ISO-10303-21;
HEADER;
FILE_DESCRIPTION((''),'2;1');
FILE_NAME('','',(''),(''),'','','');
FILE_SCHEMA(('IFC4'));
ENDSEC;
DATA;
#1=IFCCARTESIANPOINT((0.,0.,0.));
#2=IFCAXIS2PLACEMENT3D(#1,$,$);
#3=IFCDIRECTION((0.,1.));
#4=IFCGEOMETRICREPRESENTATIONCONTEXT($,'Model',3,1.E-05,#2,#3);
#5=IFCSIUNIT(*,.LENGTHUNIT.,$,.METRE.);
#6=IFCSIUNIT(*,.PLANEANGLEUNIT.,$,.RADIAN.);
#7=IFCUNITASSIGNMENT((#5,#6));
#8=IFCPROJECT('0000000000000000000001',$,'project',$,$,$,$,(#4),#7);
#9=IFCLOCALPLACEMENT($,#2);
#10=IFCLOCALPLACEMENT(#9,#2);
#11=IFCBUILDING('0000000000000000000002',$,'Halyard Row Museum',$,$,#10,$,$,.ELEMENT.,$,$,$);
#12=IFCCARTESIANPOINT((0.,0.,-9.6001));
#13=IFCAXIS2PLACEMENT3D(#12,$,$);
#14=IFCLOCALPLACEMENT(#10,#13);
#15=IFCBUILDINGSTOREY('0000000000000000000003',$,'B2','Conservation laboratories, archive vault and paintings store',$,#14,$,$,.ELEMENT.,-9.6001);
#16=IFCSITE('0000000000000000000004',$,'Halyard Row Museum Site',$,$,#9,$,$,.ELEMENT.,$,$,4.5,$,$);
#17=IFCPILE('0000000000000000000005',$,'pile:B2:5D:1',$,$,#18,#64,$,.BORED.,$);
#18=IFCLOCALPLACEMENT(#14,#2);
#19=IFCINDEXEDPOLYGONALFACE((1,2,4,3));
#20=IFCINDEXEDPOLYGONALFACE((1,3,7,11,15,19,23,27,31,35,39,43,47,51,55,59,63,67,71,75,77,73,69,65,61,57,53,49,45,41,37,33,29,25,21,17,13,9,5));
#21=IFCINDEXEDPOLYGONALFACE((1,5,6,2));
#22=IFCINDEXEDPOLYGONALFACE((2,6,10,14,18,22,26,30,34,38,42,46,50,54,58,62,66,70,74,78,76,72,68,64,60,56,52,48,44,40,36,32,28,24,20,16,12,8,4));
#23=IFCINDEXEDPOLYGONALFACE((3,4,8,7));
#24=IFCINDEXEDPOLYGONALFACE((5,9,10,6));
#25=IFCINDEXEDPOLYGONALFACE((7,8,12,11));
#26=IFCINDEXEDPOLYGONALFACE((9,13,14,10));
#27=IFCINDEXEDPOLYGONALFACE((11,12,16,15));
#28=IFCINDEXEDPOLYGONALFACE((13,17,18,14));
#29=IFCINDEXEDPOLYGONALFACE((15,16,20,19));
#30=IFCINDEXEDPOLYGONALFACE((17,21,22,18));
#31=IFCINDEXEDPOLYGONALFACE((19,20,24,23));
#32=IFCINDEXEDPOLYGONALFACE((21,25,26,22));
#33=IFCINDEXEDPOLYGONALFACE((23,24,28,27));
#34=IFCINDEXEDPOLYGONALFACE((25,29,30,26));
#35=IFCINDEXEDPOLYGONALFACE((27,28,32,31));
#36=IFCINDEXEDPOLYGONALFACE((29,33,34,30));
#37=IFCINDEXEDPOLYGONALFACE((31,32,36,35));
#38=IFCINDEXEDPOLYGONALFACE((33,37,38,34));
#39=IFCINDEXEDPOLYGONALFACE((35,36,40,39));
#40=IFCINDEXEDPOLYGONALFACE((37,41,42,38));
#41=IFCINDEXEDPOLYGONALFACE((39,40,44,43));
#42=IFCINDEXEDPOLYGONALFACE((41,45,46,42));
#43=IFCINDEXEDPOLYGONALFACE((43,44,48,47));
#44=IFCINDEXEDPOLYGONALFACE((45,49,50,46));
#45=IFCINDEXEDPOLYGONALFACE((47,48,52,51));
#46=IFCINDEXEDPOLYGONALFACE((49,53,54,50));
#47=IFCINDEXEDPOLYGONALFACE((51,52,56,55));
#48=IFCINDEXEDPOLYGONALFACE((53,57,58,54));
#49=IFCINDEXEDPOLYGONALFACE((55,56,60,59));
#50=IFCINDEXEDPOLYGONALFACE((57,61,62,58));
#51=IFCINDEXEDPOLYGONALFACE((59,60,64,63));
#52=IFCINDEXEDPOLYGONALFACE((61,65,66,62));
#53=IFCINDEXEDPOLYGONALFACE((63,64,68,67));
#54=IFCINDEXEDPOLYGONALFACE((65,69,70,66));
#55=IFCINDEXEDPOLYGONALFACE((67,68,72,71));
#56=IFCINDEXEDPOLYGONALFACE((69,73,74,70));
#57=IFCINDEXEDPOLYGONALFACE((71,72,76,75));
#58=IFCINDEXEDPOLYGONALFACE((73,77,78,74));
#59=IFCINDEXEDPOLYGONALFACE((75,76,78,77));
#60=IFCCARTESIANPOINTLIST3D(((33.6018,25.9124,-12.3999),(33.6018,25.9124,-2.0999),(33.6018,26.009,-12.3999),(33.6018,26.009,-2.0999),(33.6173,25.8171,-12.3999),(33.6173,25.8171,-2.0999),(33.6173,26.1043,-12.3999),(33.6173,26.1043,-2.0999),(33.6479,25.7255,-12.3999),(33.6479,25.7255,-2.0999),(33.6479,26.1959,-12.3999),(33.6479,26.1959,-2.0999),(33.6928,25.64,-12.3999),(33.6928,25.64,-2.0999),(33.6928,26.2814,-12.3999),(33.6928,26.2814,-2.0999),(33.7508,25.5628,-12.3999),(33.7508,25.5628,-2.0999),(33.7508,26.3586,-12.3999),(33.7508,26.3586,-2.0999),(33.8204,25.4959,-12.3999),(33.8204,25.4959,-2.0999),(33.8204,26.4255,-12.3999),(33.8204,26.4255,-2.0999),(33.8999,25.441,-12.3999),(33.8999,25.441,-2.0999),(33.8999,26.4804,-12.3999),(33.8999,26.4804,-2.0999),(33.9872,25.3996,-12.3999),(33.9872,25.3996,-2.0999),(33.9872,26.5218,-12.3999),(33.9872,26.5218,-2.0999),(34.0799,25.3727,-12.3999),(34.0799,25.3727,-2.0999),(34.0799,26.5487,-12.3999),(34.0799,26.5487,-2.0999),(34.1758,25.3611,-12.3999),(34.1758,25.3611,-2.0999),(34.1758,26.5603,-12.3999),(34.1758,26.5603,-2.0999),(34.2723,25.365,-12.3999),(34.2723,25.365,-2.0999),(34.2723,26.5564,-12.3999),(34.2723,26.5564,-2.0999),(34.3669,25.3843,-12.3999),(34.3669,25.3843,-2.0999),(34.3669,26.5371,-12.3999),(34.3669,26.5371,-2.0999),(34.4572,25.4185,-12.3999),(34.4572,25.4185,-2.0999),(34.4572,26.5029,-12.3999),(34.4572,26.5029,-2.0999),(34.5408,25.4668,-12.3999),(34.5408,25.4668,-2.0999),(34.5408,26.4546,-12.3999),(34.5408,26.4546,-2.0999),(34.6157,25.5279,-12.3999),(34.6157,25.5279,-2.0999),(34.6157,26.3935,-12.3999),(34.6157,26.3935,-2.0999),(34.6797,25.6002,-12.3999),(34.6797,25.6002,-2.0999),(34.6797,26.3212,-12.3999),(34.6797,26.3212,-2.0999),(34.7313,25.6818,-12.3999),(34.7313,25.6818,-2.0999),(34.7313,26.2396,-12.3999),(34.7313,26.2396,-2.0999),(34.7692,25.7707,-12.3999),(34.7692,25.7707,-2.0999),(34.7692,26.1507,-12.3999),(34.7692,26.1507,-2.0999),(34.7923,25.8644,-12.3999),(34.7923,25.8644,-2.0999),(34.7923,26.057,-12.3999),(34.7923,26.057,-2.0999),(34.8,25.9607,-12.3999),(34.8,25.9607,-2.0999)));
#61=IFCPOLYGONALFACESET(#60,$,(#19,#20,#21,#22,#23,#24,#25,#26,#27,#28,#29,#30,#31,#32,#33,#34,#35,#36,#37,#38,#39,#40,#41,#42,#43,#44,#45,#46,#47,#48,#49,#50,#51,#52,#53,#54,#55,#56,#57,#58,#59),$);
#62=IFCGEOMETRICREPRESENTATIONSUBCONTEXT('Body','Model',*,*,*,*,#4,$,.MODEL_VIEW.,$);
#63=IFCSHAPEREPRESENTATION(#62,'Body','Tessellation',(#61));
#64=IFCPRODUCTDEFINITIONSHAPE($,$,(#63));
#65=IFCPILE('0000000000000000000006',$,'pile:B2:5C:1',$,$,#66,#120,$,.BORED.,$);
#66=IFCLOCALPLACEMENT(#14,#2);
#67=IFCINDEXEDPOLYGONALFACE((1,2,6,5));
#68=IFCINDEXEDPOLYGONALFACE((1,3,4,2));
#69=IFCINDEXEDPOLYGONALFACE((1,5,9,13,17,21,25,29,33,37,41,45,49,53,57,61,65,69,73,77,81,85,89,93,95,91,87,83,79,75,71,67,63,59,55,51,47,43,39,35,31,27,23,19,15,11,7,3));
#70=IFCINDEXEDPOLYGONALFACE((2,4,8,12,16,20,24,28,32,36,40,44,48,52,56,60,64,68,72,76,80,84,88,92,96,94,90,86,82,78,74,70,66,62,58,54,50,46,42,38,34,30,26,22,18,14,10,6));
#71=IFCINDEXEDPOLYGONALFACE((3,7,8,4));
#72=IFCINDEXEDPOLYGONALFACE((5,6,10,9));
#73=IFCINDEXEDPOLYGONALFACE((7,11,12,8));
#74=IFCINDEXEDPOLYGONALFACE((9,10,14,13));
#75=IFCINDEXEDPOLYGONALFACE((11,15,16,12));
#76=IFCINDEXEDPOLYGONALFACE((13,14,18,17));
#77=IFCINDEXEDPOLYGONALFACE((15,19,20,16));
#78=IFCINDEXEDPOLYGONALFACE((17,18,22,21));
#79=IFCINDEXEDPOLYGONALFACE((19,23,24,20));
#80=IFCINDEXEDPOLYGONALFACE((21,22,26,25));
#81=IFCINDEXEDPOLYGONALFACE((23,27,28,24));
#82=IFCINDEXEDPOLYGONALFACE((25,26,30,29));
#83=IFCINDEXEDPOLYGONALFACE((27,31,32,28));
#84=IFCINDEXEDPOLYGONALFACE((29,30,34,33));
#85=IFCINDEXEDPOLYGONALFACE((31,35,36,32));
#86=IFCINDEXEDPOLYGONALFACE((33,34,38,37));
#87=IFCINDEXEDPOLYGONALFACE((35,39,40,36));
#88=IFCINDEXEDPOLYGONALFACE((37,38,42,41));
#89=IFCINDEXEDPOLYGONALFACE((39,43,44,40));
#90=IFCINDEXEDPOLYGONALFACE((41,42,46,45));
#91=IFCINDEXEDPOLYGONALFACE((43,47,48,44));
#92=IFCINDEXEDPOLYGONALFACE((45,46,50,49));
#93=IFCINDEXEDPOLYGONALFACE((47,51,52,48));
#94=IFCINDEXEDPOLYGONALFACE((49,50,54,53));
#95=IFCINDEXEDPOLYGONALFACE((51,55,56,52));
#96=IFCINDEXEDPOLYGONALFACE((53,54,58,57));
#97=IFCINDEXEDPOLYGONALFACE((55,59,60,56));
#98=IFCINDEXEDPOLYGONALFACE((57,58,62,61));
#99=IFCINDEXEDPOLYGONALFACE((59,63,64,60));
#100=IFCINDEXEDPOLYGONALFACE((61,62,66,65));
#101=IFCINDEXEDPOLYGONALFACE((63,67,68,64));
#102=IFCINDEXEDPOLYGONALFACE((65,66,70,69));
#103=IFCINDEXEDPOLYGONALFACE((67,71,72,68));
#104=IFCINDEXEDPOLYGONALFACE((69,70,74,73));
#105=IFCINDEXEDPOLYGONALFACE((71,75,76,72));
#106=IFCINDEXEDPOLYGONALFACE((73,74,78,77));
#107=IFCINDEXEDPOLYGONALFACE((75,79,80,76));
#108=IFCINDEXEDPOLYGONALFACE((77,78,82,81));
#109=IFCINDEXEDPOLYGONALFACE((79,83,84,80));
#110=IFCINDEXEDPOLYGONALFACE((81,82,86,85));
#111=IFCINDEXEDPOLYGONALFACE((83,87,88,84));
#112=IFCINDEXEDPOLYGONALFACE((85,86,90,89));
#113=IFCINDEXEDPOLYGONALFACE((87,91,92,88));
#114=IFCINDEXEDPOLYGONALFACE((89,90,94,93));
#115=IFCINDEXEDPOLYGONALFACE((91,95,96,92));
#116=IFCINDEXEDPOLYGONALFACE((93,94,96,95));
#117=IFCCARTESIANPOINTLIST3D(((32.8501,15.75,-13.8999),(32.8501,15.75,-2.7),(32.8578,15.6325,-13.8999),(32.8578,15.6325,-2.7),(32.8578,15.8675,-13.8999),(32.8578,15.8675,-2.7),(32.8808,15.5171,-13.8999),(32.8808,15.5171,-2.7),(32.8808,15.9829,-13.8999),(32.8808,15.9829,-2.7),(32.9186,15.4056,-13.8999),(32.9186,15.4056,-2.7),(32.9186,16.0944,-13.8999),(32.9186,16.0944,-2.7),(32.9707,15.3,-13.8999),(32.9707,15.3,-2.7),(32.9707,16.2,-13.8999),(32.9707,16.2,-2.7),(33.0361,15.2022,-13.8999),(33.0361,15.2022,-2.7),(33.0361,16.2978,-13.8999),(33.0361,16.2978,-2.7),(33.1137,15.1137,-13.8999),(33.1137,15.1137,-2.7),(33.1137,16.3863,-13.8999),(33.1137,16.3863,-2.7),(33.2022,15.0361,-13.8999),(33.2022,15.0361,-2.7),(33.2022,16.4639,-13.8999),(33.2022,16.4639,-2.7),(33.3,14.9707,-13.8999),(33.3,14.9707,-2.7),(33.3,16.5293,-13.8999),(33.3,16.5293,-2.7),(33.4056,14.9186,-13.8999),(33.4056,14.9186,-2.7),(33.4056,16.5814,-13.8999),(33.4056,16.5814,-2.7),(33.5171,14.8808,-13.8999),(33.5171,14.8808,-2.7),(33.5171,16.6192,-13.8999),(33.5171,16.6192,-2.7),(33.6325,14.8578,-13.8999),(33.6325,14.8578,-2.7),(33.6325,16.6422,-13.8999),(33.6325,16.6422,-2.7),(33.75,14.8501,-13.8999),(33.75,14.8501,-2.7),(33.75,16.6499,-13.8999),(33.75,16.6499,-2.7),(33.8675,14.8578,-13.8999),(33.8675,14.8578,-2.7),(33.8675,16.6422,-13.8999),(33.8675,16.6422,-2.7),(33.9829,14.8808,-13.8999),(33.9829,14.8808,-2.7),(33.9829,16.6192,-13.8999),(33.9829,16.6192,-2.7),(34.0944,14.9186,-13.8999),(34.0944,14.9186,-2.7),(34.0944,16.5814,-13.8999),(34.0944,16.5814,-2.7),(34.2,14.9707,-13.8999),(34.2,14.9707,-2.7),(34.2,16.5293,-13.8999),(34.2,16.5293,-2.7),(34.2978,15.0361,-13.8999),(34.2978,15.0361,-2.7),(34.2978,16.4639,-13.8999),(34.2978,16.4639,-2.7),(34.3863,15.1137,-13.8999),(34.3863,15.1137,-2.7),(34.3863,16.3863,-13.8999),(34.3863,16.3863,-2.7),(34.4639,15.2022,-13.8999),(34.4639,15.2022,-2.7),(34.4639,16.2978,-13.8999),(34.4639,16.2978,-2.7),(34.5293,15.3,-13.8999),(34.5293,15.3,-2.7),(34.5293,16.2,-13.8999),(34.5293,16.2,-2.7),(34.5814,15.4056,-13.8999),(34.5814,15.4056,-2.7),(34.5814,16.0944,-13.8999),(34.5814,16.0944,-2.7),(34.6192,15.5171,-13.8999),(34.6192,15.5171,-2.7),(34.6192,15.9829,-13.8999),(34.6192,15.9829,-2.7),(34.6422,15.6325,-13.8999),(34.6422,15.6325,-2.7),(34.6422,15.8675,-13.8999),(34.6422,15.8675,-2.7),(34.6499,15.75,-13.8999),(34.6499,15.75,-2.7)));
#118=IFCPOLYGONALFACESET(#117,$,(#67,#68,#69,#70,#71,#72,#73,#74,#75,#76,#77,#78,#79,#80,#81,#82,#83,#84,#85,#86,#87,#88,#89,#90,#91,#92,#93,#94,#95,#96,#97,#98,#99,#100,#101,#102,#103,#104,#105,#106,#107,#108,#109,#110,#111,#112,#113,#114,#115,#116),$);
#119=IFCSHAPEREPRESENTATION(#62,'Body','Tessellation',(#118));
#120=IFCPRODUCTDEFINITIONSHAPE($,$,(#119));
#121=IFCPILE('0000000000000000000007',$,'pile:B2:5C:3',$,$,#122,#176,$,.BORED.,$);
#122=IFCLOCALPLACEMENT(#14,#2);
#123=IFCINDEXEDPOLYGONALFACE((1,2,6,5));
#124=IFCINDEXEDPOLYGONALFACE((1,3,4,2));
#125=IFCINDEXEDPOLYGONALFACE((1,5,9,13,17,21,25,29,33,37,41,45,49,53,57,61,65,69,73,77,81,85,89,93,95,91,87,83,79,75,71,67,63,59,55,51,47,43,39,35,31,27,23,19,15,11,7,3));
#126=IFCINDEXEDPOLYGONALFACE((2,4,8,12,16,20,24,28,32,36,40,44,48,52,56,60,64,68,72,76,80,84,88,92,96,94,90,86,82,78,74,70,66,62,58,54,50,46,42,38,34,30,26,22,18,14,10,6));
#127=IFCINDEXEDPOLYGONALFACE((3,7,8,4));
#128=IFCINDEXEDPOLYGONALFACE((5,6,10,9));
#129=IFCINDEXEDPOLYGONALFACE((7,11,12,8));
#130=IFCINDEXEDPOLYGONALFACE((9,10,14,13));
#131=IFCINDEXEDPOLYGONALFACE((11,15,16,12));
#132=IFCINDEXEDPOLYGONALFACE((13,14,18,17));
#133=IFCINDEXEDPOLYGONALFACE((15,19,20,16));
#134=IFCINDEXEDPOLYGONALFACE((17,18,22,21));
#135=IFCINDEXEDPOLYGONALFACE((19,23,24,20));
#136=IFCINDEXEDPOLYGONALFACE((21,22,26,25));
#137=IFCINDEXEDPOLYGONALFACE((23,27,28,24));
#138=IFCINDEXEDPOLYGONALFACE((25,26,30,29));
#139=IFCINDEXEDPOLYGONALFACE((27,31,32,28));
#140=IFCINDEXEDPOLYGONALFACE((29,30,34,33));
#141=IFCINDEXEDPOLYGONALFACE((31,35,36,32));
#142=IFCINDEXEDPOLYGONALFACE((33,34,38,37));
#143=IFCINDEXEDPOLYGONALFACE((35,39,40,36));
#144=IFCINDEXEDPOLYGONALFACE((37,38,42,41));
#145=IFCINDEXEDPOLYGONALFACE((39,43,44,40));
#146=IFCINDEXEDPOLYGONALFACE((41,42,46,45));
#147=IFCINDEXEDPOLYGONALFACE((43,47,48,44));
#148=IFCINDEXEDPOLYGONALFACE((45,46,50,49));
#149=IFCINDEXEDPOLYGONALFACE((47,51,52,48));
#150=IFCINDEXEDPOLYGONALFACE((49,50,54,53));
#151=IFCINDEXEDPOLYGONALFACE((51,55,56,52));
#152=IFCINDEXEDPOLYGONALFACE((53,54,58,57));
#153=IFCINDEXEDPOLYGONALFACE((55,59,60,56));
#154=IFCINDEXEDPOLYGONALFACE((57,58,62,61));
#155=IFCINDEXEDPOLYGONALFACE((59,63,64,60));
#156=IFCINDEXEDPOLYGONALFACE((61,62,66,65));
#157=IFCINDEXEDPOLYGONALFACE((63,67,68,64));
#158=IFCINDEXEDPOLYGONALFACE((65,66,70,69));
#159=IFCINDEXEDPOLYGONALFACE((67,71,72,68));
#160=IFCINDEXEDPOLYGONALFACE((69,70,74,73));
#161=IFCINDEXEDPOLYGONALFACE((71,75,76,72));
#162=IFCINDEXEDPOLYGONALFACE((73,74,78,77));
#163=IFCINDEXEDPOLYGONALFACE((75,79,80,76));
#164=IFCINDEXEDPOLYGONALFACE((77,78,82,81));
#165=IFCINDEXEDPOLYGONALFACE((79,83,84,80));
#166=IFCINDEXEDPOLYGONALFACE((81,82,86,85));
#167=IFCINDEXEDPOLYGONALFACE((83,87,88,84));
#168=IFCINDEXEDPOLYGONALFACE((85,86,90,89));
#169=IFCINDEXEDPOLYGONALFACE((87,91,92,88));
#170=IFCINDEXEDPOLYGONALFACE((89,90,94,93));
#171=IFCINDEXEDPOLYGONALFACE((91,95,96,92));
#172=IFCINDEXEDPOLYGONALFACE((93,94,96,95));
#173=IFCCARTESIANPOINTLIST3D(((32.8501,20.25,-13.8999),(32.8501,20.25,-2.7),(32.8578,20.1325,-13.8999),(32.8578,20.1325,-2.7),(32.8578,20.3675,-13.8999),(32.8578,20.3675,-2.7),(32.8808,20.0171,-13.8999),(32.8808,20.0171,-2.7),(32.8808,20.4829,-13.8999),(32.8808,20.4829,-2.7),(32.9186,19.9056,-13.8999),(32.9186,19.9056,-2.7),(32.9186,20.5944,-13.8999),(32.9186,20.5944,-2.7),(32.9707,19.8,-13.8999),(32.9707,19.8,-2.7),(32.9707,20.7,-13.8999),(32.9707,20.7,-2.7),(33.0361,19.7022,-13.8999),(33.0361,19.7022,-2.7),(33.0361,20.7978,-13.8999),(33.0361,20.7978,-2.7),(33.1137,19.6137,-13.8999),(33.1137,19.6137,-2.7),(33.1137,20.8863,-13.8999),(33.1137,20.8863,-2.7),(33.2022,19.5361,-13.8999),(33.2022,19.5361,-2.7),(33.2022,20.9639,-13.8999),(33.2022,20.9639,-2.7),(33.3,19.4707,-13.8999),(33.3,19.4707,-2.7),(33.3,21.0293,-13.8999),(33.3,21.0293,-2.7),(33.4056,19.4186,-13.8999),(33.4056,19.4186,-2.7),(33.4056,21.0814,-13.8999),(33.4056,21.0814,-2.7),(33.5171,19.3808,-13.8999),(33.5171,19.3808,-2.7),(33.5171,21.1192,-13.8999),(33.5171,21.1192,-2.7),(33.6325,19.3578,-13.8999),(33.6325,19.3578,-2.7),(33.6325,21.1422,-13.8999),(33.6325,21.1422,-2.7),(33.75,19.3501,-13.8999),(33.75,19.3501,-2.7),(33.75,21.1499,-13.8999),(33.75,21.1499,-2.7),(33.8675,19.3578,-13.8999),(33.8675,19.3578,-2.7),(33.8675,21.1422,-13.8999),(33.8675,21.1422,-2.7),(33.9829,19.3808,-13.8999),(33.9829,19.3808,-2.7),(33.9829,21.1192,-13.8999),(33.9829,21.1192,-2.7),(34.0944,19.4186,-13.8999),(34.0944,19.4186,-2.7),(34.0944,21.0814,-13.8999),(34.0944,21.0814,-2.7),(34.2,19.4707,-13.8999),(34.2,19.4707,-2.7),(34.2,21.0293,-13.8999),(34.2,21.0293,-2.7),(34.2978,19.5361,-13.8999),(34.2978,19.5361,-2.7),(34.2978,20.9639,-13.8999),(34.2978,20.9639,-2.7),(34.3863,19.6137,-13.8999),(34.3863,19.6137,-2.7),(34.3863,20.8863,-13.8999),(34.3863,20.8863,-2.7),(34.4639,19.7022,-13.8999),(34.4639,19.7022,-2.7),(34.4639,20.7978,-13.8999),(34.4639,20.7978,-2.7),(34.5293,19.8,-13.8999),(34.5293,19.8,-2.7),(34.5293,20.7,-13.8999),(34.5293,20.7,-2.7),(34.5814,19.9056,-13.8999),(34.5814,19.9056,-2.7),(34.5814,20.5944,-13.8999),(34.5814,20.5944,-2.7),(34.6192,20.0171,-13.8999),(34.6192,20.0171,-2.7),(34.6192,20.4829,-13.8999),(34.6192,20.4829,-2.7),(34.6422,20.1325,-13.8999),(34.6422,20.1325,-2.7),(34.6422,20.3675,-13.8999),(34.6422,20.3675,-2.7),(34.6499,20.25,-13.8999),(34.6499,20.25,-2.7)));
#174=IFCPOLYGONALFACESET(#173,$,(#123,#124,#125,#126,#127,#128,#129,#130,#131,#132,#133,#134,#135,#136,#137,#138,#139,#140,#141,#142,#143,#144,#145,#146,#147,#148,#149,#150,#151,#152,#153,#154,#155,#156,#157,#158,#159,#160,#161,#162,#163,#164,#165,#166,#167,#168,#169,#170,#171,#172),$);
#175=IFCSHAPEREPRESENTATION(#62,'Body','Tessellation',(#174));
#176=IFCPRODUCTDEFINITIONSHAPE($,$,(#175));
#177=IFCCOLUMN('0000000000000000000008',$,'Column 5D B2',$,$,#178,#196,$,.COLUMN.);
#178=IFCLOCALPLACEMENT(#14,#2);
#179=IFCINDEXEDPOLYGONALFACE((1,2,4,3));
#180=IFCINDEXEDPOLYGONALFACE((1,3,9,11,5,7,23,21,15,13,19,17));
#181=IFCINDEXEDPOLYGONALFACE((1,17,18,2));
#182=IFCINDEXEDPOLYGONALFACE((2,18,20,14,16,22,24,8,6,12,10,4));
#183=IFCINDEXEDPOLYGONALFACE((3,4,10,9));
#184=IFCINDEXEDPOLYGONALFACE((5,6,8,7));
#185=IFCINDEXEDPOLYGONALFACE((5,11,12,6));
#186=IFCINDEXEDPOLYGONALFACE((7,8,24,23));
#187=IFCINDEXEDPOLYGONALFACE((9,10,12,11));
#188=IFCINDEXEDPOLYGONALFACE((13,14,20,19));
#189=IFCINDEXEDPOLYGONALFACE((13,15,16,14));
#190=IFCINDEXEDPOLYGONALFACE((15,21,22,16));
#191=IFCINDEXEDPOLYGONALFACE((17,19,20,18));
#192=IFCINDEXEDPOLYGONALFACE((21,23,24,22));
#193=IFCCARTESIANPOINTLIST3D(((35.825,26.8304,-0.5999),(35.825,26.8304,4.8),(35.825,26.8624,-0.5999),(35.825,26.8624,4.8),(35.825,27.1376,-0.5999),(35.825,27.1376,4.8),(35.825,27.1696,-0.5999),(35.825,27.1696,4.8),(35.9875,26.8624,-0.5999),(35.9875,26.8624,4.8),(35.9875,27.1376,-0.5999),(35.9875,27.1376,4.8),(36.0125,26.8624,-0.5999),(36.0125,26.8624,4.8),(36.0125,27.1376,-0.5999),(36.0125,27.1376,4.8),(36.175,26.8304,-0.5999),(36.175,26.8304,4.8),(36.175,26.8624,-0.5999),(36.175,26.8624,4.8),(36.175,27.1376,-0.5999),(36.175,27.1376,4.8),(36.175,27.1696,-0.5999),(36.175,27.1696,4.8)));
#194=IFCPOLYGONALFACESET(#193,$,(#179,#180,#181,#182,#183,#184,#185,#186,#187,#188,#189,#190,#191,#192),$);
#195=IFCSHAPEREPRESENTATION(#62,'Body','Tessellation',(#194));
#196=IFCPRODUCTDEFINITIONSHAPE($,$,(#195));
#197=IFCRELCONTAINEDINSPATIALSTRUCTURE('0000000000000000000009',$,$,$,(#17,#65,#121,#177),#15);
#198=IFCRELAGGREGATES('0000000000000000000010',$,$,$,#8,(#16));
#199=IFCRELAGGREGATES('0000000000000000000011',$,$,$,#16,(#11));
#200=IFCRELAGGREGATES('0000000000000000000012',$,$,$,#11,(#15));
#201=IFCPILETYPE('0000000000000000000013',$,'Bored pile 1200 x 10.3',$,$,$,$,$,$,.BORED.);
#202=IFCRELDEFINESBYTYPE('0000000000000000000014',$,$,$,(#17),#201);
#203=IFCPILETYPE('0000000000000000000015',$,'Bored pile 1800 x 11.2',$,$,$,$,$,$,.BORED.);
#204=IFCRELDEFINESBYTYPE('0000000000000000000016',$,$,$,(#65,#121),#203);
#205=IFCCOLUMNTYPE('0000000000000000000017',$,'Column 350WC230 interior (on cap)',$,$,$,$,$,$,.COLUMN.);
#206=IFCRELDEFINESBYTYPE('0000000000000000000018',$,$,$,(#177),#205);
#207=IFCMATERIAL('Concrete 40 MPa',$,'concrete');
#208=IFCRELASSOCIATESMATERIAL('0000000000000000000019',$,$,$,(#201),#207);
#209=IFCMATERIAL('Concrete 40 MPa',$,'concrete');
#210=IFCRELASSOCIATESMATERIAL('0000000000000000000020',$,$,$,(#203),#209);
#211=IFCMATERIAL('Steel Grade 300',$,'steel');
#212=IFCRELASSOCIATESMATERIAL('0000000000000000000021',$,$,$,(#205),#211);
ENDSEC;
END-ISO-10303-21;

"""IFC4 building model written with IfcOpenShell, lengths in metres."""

from ifc_helpers import new_model, si_unit, direction, frame, origin, origin_2d, place, context, subcontext, project, spatial, circle, i_section, extrude, material, material_profile, profile_set, type_object, element, save


model = new_model("IFC4")

# Units and contexts
model_context = context("Model", 3, precision=1e-05, world=origin(), true_north=direction((0.0, 1.0)))
body_context = subcontext(model_context, "Body", "Model", "MODEL_VIEW")
ifc_project = project(units=[si_unit("LENGTHUNIT", "METRE"), si_unit("PLANEANGLEUNIT", "RADIAN")], contexts=[model_context])

# Site, building, storey
site_placement = place(None, origin())
site = spatial("IfcSite", under=ifc_project, at=site_placement, Name="Halyard Row Museum Site", CompositionType="ELEMENT", RefElevation=4.5)
building_placement = place(site_placement, origin())
building = spatial("IfcBuilding", under=site, at=building_placement, Name="Halyard Row Museum", CompositionType="ELEMENT")
storey_placement = place(building_placement, frame((0.0, 0.0, -9.6001)))
storey = spatial("IfcBuildingStorey", under=building, at=storey_placement, Name="B2", Description="Conservation laboratories, archive vault and paintings store", CompositionType="ELEMENT", Elevation=-9.6001)

# Piles
ifc_material_1 = material(Name="Concrete 40 MPa", Category="concrete")
ifc_material_profile_1 = material_profile(ifc_material_1, circle(Radius=0.6001, at=origin_2d()), Name="Bored pile 1200 x 10.3")
ifc_profile_set_1 = profile_set([ifc_material_profile_1], Name="Concrete 40 MPa")
pile_type_1 = type_object("IfcPileType", Name="Bored pile 1200 x 10.3", PredefinedType="BORED", material=ifc_profile_set_1)
pile_placement = place(storey_placement, frame((34.2, 25.9607, -2.0999), z_axis=(0.0, 0.0, -1.0), x_axis=(1.0, 0.0, 0.0)))
element("IfcPile", 1, at=pile_placement, inside=storey, type_object=pile_type_1, Name="pile:B2:5D:1", PredefinedType="BORED", context=body_context, shape_type="SweptSolid", body=[
    extrude(circle(Radius=0.6001, at=origin_2d()), origin(), (0.0, 0.0, 1.0), 10.3),
])
ifc_material_2 = material(Name="Concrete 40 MPa", Category="concrete")
ifc_material_profile_2 = material_profile(ifc_material_2, circle(Radius=0.8999, at=origin_2d()), Name="Bored pile 1800 x 11.2")
ifc_profile_set_2 = profile_set([ifc_material_profile_2], Name="Concrete 40 MPa")
pile_type_2 = type_object("IfcPileType", Name="Bored pile 1800 x 11.2", PredefinedType="BORED", material=ifc_profile_set_2)
for number, where, z_axis, x_axis, name in (
    (2, (33.75, 15.75, -2.7), (0.0, 0.0, -1.0), (1.0, 0.0, 0.0), "pile:B2:5C:1"),
    (3, (33.75, 20.25, -2.7), (0.0, 0.0, -1.0), (1.0, 0.0, 0.0), "pile:B2:5C:3"),
):
    element("IfcPile", number, at=place(storey_placement, frame(where, z_axis=z_axis, x_axis=x_axis)), inside=storey, type_object=pile_type_2, Name=name, PredefinedType="BORED", context=body_context, shape_type="SweptSolid", body=[
        extrude(circle(Radius=0.8999, at=origin_2d()), origin(), (0.0, 0.0, 1.0), 11.2),
    ])

# Column
ifc_material_3 = material(Name="Steel Grade 300", Category="steel")
ifc_material_profile_3 = material_profile(ifc_material_3, i_section(OverallWidth=0.3501, OverallDepth=0.3391, WebThickness=0.0249, FlangeThickness=0.032, at=origin_2d()), Name="350WC230")
ifc_profile_set_3 = profile_set([ifc_material_profile_3], Name="Steel Grade 300")
column_type = type_object("IfcColumnType", Name="Column 350WC230 interior (on cap)", PredefinedType="COLUMN", material=ifc_profile_set_3)
column_placement = place(storey_placement, frame((36.0, 27.0, -0.5999), z_axis=(0.0, 0.0, 1.0), x_axis=(1.0, 0.0, 0.0)))
element("IfcColumn", 4, at=column_placement, inside=storey, type_object=column_type, Name="Column 5D B2", PredefinedType="COLUMN", context=body_context, shape_type="SweptSolid", body=[
    extrude(i_section(OverallWidth=0.3501, OverallDepth=0.3391, WebThickness=0.0249, FlangeThickness=0.032, at=origin_2d()), origin(), (0.0, 0.0, 1.0), 5.3999),
])

save(model, "model.ifc")
